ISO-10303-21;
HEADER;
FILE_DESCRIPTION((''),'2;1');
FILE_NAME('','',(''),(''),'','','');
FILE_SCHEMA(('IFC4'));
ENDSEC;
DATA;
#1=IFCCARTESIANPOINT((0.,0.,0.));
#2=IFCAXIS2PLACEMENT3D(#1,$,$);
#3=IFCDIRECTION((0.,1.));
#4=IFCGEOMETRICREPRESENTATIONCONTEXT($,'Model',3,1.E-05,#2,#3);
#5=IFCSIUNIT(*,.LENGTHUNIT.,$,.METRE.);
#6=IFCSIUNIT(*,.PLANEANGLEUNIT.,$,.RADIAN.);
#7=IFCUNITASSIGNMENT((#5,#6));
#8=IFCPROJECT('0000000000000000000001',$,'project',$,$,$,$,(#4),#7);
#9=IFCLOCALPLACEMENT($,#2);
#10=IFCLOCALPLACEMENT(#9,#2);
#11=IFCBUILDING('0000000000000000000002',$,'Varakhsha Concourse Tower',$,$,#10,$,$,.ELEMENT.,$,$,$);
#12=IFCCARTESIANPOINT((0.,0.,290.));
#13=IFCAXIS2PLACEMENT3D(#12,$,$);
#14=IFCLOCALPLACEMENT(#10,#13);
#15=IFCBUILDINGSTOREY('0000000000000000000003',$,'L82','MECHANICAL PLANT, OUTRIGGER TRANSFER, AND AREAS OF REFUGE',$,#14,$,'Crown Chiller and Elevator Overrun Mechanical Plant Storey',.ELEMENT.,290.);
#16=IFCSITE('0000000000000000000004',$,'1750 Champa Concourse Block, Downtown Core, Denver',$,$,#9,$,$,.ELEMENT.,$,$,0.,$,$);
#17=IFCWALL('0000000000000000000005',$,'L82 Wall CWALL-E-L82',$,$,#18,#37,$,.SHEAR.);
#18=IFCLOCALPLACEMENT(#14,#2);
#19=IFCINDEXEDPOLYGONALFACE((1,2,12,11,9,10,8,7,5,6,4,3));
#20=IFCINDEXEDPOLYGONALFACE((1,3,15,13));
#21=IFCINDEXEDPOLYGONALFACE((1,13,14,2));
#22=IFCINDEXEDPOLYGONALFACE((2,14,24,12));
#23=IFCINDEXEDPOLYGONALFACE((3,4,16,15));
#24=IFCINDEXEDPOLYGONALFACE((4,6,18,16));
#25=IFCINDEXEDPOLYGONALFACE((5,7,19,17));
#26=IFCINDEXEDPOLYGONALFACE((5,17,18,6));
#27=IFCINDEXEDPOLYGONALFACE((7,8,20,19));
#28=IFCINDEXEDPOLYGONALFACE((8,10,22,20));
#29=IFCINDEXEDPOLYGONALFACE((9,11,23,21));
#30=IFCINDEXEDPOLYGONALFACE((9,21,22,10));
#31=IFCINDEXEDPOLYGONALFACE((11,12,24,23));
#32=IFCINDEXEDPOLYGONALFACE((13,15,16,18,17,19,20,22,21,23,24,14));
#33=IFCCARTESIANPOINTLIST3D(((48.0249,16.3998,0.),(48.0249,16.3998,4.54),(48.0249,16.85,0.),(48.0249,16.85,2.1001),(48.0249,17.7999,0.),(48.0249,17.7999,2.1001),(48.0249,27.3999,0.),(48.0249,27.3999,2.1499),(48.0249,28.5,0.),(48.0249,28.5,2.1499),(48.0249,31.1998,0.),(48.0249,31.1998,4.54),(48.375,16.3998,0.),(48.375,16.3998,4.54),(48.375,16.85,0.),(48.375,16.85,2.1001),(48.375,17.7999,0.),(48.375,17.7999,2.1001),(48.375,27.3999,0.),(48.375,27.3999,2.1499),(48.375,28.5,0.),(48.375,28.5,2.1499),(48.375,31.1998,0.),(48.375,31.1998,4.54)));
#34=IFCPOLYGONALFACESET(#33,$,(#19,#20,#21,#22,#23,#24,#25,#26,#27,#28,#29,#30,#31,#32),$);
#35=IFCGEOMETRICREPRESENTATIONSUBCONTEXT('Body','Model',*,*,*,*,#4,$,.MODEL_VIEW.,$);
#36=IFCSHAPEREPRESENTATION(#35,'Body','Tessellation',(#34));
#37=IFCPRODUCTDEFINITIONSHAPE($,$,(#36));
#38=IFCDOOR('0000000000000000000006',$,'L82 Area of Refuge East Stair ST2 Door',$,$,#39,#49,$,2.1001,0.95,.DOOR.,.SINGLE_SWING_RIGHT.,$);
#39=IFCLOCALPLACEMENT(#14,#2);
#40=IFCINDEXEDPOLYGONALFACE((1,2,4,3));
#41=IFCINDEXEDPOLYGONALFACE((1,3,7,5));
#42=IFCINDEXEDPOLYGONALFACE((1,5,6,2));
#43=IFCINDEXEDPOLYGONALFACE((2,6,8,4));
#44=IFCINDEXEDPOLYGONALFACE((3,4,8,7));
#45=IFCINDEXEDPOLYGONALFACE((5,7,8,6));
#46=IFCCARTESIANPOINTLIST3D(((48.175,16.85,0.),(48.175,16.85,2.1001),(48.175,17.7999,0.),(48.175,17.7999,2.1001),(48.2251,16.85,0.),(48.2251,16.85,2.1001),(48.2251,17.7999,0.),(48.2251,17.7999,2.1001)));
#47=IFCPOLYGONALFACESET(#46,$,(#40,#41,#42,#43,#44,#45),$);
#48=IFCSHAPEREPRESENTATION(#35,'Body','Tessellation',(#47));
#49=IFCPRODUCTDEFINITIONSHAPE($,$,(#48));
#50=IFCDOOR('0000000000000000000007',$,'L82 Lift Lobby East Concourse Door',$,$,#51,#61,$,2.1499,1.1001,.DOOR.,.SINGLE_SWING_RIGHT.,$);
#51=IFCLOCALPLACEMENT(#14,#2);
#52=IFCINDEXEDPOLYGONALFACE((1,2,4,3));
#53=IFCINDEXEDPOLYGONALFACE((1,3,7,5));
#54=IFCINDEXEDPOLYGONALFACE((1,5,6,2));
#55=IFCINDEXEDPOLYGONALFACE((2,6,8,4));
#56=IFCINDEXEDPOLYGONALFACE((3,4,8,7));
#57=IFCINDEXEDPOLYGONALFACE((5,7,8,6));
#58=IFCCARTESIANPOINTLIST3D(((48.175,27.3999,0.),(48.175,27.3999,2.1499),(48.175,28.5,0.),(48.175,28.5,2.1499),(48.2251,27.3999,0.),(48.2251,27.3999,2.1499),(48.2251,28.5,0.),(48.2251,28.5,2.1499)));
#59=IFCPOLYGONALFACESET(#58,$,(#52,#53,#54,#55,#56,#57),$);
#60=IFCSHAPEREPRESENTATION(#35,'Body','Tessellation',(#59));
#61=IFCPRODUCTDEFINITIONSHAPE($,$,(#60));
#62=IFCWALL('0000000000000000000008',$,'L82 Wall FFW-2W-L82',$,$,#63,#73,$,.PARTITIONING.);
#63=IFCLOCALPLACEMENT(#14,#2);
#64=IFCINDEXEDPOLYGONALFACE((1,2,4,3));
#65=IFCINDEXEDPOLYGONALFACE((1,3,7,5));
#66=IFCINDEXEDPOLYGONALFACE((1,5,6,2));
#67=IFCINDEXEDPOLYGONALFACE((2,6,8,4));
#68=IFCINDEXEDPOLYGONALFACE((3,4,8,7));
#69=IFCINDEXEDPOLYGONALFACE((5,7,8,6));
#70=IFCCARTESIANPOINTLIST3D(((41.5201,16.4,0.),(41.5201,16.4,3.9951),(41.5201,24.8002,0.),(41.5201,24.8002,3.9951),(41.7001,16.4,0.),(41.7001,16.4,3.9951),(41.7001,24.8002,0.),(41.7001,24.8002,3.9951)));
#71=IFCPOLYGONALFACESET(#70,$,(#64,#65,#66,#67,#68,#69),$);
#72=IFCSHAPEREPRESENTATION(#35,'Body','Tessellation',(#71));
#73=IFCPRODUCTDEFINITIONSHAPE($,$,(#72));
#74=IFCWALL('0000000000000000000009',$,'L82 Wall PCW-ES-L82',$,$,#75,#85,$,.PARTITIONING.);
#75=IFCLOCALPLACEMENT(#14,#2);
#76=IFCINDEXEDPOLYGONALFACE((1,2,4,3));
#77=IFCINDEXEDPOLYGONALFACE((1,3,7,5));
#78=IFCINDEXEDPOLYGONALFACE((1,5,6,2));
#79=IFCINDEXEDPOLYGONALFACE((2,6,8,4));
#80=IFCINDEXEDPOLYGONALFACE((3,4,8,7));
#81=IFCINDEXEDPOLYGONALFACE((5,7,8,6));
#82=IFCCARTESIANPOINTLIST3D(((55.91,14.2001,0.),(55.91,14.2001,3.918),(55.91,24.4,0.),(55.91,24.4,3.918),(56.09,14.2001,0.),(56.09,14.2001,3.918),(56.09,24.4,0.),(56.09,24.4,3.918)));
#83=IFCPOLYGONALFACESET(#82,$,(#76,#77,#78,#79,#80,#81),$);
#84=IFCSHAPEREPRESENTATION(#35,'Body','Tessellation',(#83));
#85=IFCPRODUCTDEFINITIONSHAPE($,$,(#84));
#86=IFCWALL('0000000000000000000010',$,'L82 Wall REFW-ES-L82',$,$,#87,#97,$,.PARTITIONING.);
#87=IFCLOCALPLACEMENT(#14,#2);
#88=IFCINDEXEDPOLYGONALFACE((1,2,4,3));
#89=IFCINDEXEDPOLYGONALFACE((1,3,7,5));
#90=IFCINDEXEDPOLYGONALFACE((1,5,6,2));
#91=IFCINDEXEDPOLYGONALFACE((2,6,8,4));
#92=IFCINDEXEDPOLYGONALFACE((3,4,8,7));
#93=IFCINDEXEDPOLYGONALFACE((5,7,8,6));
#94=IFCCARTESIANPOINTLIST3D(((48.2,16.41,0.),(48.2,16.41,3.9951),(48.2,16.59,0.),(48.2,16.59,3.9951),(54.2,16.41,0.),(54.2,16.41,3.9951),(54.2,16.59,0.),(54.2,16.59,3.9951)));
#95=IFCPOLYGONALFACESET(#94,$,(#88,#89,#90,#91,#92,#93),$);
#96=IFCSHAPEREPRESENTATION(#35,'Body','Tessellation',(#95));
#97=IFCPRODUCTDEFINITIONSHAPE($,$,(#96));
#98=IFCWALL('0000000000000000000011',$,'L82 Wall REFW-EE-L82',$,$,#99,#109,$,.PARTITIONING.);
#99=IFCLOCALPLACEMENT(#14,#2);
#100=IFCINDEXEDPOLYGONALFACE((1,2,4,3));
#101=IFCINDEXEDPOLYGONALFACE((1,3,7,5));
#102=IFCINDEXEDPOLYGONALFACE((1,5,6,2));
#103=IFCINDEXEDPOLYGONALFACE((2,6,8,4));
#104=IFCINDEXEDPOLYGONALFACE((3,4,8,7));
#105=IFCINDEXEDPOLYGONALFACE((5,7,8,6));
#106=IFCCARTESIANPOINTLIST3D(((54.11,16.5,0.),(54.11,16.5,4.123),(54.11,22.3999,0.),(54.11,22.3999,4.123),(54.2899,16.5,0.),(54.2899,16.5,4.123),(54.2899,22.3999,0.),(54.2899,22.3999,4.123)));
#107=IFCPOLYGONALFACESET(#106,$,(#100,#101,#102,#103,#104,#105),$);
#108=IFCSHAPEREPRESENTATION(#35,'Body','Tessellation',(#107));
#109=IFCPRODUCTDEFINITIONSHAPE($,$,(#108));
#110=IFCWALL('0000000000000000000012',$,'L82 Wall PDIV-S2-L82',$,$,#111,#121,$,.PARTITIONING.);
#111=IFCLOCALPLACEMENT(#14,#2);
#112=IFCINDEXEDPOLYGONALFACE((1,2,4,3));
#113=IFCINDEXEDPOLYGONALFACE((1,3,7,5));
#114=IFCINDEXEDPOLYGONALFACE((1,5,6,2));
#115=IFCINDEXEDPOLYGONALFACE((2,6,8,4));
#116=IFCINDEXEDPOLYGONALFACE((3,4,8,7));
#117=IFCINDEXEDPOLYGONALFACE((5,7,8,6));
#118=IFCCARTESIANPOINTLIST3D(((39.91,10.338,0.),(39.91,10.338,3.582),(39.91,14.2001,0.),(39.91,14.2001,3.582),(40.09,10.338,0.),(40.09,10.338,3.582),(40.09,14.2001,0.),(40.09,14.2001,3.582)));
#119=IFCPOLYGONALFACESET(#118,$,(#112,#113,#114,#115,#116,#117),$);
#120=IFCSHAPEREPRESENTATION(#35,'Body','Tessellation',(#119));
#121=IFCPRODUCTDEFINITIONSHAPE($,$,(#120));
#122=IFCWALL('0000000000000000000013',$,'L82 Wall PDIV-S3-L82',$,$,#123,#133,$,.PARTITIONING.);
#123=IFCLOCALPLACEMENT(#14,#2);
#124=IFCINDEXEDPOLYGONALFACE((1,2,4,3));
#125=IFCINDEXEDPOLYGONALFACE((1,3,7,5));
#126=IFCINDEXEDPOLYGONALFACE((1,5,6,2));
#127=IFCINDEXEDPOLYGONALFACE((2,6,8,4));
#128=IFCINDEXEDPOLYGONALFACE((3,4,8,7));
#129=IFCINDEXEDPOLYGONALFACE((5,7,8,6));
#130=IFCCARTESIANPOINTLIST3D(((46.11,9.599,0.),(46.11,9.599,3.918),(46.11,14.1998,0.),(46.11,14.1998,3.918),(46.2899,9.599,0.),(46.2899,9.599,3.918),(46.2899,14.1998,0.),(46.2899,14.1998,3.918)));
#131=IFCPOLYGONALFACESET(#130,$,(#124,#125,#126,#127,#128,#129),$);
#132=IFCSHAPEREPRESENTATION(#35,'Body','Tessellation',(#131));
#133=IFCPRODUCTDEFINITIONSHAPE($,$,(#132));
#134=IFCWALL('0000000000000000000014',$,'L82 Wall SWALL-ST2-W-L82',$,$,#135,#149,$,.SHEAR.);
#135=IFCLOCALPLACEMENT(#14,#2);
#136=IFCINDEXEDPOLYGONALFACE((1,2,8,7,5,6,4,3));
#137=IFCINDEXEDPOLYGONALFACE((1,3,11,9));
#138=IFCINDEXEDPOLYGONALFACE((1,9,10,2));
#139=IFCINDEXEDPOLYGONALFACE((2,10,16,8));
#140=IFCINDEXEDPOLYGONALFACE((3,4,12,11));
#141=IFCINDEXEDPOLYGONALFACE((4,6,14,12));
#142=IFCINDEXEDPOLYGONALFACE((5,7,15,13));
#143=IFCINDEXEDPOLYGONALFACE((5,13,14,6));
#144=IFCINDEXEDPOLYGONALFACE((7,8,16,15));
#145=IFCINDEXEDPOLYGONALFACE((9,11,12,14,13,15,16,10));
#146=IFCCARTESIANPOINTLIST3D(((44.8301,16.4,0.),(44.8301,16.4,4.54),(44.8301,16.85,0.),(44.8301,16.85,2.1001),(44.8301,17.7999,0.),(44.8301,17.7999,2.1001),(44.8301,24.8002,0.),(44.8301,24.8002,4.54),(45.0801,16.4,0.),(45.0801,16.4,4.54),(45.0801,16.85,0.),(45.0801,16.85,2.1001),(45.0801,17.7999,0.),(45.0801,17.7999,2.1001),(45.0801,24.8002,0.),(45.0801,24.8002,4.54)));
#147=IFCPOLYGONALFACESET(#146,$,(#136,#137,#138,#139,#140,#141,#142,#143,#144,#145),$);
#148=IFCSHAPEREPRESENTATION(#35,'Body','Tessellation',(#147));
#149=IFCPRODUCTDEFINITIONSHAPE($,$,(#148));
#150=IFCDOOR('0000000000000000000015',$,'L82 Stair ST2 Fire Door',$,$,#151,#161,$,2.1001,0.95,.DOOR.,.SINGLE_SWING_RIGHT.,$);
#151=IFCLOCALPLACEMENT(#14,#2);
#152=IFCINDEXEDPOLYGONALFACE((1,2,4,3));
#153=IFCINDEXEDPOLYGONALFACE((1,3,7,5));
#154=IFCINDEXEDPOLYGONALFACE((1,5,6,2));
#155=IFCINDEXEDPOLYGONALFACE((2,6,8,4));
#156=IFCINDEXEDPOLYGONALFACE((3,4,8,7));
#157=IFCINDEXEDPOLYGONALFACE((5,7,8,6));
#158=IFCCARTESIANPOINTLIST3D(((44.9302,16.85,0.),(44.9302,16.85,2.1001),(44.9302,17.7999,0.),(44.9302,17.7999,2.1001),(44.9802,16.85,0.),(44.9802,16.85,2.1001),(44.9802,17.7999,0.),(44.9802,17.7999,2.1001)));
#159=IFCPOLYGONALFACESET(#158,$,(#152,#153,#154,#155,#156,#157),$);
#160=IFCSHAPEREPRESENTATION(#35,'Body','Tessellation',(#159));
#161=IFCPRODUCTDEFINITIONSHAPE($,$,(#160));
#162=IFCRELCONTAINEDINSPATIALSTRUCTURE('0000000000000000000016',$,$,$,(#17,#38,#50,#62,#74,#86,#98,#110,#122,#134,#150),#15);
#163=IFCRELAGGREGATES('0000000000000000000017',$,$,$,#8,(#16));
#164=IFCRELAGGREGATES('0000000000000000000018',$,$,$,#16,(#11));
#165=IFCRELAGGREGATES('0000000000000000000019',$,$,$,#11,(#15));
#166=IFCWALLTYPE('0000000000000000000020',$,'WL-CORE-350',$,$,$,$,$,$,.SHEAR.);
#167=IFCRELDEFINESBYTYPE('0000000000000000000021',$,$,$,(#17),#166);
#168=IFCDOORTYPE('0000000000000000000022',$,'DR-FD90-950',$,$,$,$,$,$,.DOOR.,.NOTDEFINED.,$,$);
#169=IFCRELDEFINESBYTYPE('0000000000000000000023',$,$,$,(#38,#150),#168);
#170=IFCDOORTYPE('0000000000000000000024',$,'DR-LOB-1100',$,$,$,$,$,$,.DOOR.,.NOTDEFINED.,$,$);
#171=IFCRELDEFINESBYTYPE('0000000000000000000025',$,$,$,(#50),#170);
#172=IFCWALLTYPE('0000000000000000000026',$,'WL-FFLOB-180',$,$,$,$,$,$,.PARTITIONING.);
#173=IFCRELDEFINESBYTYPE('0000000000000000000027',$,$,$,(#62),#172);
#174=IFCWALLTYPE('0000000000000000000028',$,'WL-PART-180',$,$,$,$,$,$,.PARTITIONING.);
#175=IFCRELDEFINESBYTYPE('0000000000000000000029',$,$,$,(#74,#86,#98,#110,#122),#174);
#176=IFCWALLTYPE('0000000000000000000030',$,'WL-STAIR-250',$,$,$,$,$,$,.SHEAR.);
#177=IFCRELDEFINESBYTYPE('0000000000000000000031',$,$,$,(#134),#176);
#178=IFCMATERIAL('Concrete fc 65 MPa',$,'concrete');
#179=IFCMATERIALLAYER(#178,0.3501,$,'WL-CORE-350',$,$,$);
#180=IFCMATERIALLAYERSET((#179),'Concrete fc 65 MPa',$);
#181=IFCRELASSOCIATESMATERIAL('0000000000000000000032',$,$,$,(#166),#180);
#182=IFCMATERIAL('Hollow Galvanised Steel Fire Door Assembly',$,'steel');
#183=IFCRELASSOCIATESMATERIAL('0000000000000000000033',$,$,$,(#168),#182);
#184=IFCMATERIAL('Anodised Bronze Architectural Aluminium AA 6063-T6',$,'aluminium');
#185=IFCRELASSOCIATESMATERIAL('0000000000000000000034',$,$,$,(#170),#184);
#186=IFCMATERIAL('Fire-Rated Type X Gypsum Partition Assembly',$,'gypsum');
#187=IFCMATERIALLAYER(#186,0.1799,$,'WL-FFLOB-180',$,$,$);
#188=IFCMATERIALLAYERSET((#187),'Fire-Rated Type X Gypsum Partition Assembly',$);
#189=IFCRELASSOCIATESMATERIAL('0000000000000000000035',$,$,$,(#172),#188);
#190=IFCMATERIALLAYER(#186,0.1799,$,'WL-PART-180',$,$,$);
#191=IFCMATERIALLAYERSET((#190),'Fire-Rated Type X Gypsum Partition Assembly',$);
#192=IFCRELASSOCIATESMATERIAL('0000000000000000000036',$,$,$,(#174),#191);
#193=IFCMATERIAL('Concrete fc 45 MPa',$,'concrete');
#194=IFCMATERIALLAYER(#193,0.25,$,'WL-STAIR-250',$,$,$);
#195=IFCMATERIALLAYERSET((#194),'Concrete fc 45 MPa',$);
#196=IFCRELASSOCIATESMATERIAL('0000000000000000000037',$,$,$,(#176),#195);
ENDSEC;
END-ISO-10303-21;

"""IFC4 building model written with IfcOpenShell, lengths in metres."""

from ifc_helpers import new_model, si_unit, direction, frame, frame_2d, origin, place, context, subcontext, project, spatial, rectangle, extrude, material, layer, layer_set, type_object, element, fill, save


model = new_model("IFC4")

# Units and contexts
model_context = context("Model", 3, precision=1e-05, world=origin(), true_north=direction((0.0, 1.0)))
body_context = subcontext(model_context, "Body", "Model", "MODEL_VIEW")
ifc_project = project(units=[si_unit("LENGTHUNIT", "METRE"), si_unit("PLANEANGLEUNIT", "RADIAN")], contexts=[model_context])

# Site, building, storey
site_placement = place(None, origin())
site = spatial("IfcSite", under=ifc_project, at=site_placement, Name="1750 Champa Concourse Block, Downtown Core, Denver", CompositionType="ELEMENT", RefElevation=0.0)
building_placement = place(site_placement, origin())
building = spatial("IfcBuilding", under=site, at=building_placement, Name="Varakhsha Concourse Tower", CompositionType="ELEMENT")
storey_placement = place(building_placement, frame((0.0, 0.0, 290.0)))
storey = spatial("IfcBuildingStorey", under=building, at=storey_placement, Name="L82", Description="MECHANICAL PLANT, OUTRIGGER TRANSFER, AND AREAS OF REFUGE", LongName="Crown Chiller and Elevator Overrun Mechanical Plant Storey", CompositionType="ELEMENT", Elevation=290.0)

# Shared definitions
ifc_material_1 = material(Name="Anodised Bronze Architectural Aluminium AA 6063-T6", Category="aluminium")

# Wall, openings, doors
ifc_material_2 = material(Name="Concrete fc 65 MPa", Category="concrete")
ifc_layer_1 = layer(ifc_material_2, 0.3501, Name="WL-CORE-350")
ifc_layer_set_1 = layer_set([ifc_layer_1], Name="Concrete fc 65 MPa")
wall_type_1 = type_object("IfcWallType", Name="WL-CORE-350", PredefinedType="SHEAR", material=ifc_layer_set_1)
wall_1_placement = place(storey_placement, frame((48.2, 16.3999, 0.0), z_axis=(0.0, 0.0, 1.0), x_axis=(0.0, 1.0, 0.0)))
wall_1 = element("IfcWall", 1, at=wall_1_placement, inside=storey, type_object=wall_type_1, Name="L82 Wall CWALL-E-L82", PredefinedType="SHEAR", context=body_context, shape_type="SweptSolid", body=[
    extrude(rectangle(XDim=14.8, YDim=0.3501, at=frame_2d((7.3999, 0.0))), origin(), (0.0, 0.0, 1.0), 4.54),
])
opening_1_placement = place(wall_1_placement, frame((11.0, 0.0, 0.0)))
opening_1 = element("IfcOpeningElement", 2, at=opening_1_placement, cuts=wall_1, PredefinedType="OPENING", context=body_context, shape_type="SweptSolid", body=[
    extrude(rectangle(XDim=1.1001, YDim=2.1499, at=frame_2d((0.55, 1.075))), frame((0.0, 0.1851, 0.0), z_axis=(0.0, -1.0, 0.0), x_axis=(1.0, 0.0, 0.0)), (0.0, 0.0, 1.0), 0.3701),
])
opening_2_placement = place(wall_1_placement, frame((0.45, 0.0, 0.0)))
opening_2 = element("IfcOpeningElement", 3, at=opening_2_placement, cuts=wall_1, PredefinedType="OPENING", context=body_context, shape_type="SweptSolid", body=[
    extrude(rectangle(XDim=0.95, YDim=2.1001, at=frame_2d((0.4751, 1.05))), frame((0.0, 0.1851, 0.0), z_axis=(0.0, -1.0, 0.0), x_axis=(1.0, 0.0, 0.0)), (0.0, 0.0, 1.0), 0.3701),
])
ifc_material_3 = material(Name="Hollow Galvanised Steel Fire Door Assembly", Category="steel")
door_type_1 = type_object("IfcDoorType", Name="DR-FD90-950", OperationType="NOTDEFINED", PredefinedType="DOOR", material=ifc_material_3)
door_1_placement = place(opening_2_placement, origin())
door_1 = element("IfcDoor", 4, at=door_1_placement, inside=storey, type_object=door_type_1, Name="L82 Area of Refuge East Stair ST2 Door", OperationType="SINGLE_SWING_RIGHT", OverallHeight=2.1001, OverallWidth=0.95, PredefinedType="DOOR", context=body_context, shape_type="SweptSolid", body=[
    extrude(rectangle(XDim=0.95, YDim=2.1001, at=frame_2d((0.4751, 1.05))), frame((0.0, 0.0249, 0.0), z_axis=(0.0, -1.0, 0.0), x_axis=(1.0, 0.0, 0.0)), (0.0, 0.0, 1.0), 0.05),
])
fill(opening_2, door_1)
door_type_2 = type_object("IfcDoorType", Name="DR-LOB-1100", OperationType="NOTDEFINED", PredefinedType="DOOR", material=ifc_material_1)
door_2_placement = place(opening_1_placement, origin())
door_2 = element("IfcDoor", 5, at=door_2_placement, inside=storey, type_object=door_type_2, Name="L82 Lift Lobby East Concourse Door", OperationType="SINGLE_SWING_RIGHT", OverallHeight=2.1499, OverallWidth=1.1001, PredefinedType="DOOR", context=body_context, shape_type="SweptSolid", body=[
    extrude(rectangle(XDim=1.1001, YDim=2.1499, at=frame_2d((0.55, 1.075))), frame((0.0, 0.0249, 0.0), z_axis=(0.0, -1.0, 0.0), x_axis=(1.0, 0.0, 0.0)), (0.0, 0.0, 1.0), 0.05),
])
fill(opening_1, door_2)

# Walls
ifc_material_4 = material(Name="Fire-Rated Type X Gypsum Partition Assembly", Category="gypsum")
ifc_layer_2 = layer(ifc_material_4, 0.1799, Name="WL-FFLOB-180")
ifc_layer_set_2 = layer_set([ifc_layer_2], Name="Fire-Rated Type X Gypsum Partition Assembly")
wall_type_2 = type_object("IfcWallType", Name="WL-FFLOB-180", PredefinedType="PARTITIONING", material=ifc_layer_set_2)
wall_2_placement = place(storey_placement, frame((41.6101, 16.3999, 0.0), z_axis=(0.0, 0.0, 1.0), x_axis=(0.0, 1.0, 0.0)))
element("IfcWall", 6, at=wall_2_placement, inside=storey, type_object=wall_type_2, Name="L82 Wall FFW-2W-L82", PredefinedType="PARTITIONING", context=body_context, shape_type="SweptSolid", body=[
    extrude(rectangle(XDim=8.4001, YDim=0.1799, at=frame_2d((4.2002, 0.0))), origin(), (0.0, 0.0, 1.0), 3.9951),
])
ifc_layer_3 = layer(ifc_material_4, 0.1799, Name="WL-PART-180")
ifc_layer_set_3 = layer_set([ifc_layer_3], Name="Fire-Rated Type X Gypsum Partition Assembly")
wall_type_3 = type_object("IfcWallType", Name="WL-PART-180", PredefinedType="PARTITIONING", material=ifc_layer_set_3)
wall_3_placement = place(storey_placement, frame((56.0, 14.2, 0.0), z_axis=(0.0, 0.0, 1.0), x_axis=(0.0, 1.0, 0.0)))
element("IfcWall", 7, at=wall_3_placement, inside=storey, type_object=wall_type_3, Name="L82 Wall PCW-ES-L82", PredefinedType="PARTITIONING", context=body_context, shape_type="SweptSolid", body=[
    extrude(rectangle(XDim=10.2, YDim=0.1799, at=frame_2d((5.1001, 0.0))), origin(), (0.0, 0.0, 1.0), 3.918),
])
wall_4_placement = place(storey_placement, frame((48.2, 16.5, 0.0), z_axis=(0.0, 0.0, 1.0), x_axis=(1.0, 0.0, 0.0)))
element("IfcWall", 8, at=wall_4_placement, inside=storey, type_object=wall_type_3, Name="L82 Wall REFW-ES-L82", PredefinedType="PARTITIONING", context=body_context, shape_type="SweptSolid", body=[
    extrude(rectangle(XDim=6.0, YDim=0.1799, at=frame_2d((3.0, 0.0))), origin(), (0.0, 0.0, 1.0), 3.9951),
])
wall_5_placement = place(storey_placement, frame((54.2, 16.5, 0.0), z_axis=(0.0, 0.0, 1.0), x_axis=(0.0, 1.0, 0.0)))
element("IfcWall", 9, at=wall_5_placement, inside=storey, type_object=wall_type_3, Name="L82 Wall REFW-EE-L82", PredefinedType="PARTITIONING", context=body_context, shape_type="SweptSolid", body=[
    extrude(rectangle(XDim=5.8999, YDim=0.1799, at=frame_2d((2.95, 0.0))), origin(), (0.0, 0.0, 1.0), 4.123),
])
wall_6_placement = place(storey_placement, frame((40.0, 10.3379, 0.0), z_axis=(0.0, 0.0, 1.0), x_axis=(0.0, 1.0, 0.0)))
element("IfcWall", 10, at=wall_6_placement, inside=storey, type_object=wall_type_3, Name="L82 Wall PDIV-S2-L82", PredefinedType="PARTITIONING", context=body_context, shape_type="SweptSolid", body=[
    extrude(rectangle(XDim=3.8621, YDim=0.1799, at=frame_2d((1.9312, 0.0))), origin(), (0.0, 0.0, 1.0), 3.582),
])
wall_7_placement = place(storey_placement, frame((46.2, 9.5991, 0.0), z_axis=(0.0, 0.0, 1.0), x_axis=(0.0, 1.0, 0.0)))
element("IfcWall", 11, at=wall_7_placement, inside=storey, type_object=wall_type_3, Name="L82 Wall PDIV-S3-L82", PredefinedType="PARTITIONING", context=body_context, shape_type="SweptSolid", body=[
    extrude(rectangle(XDim=4.6008, YDim=0.1799, at=frame_2d((2.3003, 0.0))), origin(), (0.0, 0.0, 1.0), 3.918),
])

# Wall, opening, door
ifc_material_5 = material(Name="Concrete fc 45 MPa", Category="concrete")
ifc_layer_4 = layer(ifc_material_5, 0.25, Name="WL-STAIR-250")
ifc_layer_set_4 = layer_set([ifc_layer_4], Name="Concrete fc 45 MPa")
wall_type_4 = type_object("IfcWallType", Name="WL-STAIR-250", PredefinedType="SHEAR", material=ifc_layer_set_4)
wall_8_placement = place(storey_placement, frame((44.9551, 16.3999, 0.0), z_axis=(0.0, 0.0, 1.0), x_axis=(0.0, 1.0, 0.0)))
wall_8 = element("IfcWall", 12, at=wall_8_placement, inside=storey, type_object=wall_type_4, Name="L82 Wall SWALL-ST2-W-L82", PredefinedType="SHEAR", context=body_context, shape_type="SweptSolid", body=[
    extrude(rectangle(XDim=8.4001, YDim=0.25, at=frame_2d((4.2002, 0.0))), origin(), (0.0, 0.0, 1.0), 4.54),
])
opening_3_placement = place(wall_8_placement, frame((0.45, 0.0, 0.0)))
opening_3 = element("IfcOpeningElement", 13, at=opening_3_placement, cuts=wall_8, PredefinedType="OPENING", context=body_context, shape_type="SweptSolid", body=[
    extrude(rectangle(XDim=0.95, YDim=2.1001, at=frame_2d((0.4751, 1.05))), frame((0.0, 0.135, 0.0), z_axis=(0.0, -1.0, 0.0), x_axis=(1.0, 0.0, 0.0)), (0.0, 0.0, 1.0), 0.27),
])
door_3_placement = place(opening_3_placement, origin())
door_3 = element("IfcDoor", 14, at=door_3_placement, inside=storey, type_object=door_type_1, Name="L82 Stair ST2 Fire Door", OperationType="SINGLE_SWING_RIGHT", OverallHeight=2.1001, OverallWidth=0.95, PredefinedType="DOOR", context=body_context, shape_type="SweptSolid", body=[
    extrude(rectangle(XDim=0.95, YDim=2.1001, at=frame_2d((0.4751, 1.05))), frame((0.0, 0.0249, 0.0), z_axis=(0.0, -1.0, 0.0), x_axis=(1.0, 0.0, 0.0)), (0.0, 0.0, 1.0), 0.05),
])
fill(opening_3, door_3)

save(model, "model.ifc")
